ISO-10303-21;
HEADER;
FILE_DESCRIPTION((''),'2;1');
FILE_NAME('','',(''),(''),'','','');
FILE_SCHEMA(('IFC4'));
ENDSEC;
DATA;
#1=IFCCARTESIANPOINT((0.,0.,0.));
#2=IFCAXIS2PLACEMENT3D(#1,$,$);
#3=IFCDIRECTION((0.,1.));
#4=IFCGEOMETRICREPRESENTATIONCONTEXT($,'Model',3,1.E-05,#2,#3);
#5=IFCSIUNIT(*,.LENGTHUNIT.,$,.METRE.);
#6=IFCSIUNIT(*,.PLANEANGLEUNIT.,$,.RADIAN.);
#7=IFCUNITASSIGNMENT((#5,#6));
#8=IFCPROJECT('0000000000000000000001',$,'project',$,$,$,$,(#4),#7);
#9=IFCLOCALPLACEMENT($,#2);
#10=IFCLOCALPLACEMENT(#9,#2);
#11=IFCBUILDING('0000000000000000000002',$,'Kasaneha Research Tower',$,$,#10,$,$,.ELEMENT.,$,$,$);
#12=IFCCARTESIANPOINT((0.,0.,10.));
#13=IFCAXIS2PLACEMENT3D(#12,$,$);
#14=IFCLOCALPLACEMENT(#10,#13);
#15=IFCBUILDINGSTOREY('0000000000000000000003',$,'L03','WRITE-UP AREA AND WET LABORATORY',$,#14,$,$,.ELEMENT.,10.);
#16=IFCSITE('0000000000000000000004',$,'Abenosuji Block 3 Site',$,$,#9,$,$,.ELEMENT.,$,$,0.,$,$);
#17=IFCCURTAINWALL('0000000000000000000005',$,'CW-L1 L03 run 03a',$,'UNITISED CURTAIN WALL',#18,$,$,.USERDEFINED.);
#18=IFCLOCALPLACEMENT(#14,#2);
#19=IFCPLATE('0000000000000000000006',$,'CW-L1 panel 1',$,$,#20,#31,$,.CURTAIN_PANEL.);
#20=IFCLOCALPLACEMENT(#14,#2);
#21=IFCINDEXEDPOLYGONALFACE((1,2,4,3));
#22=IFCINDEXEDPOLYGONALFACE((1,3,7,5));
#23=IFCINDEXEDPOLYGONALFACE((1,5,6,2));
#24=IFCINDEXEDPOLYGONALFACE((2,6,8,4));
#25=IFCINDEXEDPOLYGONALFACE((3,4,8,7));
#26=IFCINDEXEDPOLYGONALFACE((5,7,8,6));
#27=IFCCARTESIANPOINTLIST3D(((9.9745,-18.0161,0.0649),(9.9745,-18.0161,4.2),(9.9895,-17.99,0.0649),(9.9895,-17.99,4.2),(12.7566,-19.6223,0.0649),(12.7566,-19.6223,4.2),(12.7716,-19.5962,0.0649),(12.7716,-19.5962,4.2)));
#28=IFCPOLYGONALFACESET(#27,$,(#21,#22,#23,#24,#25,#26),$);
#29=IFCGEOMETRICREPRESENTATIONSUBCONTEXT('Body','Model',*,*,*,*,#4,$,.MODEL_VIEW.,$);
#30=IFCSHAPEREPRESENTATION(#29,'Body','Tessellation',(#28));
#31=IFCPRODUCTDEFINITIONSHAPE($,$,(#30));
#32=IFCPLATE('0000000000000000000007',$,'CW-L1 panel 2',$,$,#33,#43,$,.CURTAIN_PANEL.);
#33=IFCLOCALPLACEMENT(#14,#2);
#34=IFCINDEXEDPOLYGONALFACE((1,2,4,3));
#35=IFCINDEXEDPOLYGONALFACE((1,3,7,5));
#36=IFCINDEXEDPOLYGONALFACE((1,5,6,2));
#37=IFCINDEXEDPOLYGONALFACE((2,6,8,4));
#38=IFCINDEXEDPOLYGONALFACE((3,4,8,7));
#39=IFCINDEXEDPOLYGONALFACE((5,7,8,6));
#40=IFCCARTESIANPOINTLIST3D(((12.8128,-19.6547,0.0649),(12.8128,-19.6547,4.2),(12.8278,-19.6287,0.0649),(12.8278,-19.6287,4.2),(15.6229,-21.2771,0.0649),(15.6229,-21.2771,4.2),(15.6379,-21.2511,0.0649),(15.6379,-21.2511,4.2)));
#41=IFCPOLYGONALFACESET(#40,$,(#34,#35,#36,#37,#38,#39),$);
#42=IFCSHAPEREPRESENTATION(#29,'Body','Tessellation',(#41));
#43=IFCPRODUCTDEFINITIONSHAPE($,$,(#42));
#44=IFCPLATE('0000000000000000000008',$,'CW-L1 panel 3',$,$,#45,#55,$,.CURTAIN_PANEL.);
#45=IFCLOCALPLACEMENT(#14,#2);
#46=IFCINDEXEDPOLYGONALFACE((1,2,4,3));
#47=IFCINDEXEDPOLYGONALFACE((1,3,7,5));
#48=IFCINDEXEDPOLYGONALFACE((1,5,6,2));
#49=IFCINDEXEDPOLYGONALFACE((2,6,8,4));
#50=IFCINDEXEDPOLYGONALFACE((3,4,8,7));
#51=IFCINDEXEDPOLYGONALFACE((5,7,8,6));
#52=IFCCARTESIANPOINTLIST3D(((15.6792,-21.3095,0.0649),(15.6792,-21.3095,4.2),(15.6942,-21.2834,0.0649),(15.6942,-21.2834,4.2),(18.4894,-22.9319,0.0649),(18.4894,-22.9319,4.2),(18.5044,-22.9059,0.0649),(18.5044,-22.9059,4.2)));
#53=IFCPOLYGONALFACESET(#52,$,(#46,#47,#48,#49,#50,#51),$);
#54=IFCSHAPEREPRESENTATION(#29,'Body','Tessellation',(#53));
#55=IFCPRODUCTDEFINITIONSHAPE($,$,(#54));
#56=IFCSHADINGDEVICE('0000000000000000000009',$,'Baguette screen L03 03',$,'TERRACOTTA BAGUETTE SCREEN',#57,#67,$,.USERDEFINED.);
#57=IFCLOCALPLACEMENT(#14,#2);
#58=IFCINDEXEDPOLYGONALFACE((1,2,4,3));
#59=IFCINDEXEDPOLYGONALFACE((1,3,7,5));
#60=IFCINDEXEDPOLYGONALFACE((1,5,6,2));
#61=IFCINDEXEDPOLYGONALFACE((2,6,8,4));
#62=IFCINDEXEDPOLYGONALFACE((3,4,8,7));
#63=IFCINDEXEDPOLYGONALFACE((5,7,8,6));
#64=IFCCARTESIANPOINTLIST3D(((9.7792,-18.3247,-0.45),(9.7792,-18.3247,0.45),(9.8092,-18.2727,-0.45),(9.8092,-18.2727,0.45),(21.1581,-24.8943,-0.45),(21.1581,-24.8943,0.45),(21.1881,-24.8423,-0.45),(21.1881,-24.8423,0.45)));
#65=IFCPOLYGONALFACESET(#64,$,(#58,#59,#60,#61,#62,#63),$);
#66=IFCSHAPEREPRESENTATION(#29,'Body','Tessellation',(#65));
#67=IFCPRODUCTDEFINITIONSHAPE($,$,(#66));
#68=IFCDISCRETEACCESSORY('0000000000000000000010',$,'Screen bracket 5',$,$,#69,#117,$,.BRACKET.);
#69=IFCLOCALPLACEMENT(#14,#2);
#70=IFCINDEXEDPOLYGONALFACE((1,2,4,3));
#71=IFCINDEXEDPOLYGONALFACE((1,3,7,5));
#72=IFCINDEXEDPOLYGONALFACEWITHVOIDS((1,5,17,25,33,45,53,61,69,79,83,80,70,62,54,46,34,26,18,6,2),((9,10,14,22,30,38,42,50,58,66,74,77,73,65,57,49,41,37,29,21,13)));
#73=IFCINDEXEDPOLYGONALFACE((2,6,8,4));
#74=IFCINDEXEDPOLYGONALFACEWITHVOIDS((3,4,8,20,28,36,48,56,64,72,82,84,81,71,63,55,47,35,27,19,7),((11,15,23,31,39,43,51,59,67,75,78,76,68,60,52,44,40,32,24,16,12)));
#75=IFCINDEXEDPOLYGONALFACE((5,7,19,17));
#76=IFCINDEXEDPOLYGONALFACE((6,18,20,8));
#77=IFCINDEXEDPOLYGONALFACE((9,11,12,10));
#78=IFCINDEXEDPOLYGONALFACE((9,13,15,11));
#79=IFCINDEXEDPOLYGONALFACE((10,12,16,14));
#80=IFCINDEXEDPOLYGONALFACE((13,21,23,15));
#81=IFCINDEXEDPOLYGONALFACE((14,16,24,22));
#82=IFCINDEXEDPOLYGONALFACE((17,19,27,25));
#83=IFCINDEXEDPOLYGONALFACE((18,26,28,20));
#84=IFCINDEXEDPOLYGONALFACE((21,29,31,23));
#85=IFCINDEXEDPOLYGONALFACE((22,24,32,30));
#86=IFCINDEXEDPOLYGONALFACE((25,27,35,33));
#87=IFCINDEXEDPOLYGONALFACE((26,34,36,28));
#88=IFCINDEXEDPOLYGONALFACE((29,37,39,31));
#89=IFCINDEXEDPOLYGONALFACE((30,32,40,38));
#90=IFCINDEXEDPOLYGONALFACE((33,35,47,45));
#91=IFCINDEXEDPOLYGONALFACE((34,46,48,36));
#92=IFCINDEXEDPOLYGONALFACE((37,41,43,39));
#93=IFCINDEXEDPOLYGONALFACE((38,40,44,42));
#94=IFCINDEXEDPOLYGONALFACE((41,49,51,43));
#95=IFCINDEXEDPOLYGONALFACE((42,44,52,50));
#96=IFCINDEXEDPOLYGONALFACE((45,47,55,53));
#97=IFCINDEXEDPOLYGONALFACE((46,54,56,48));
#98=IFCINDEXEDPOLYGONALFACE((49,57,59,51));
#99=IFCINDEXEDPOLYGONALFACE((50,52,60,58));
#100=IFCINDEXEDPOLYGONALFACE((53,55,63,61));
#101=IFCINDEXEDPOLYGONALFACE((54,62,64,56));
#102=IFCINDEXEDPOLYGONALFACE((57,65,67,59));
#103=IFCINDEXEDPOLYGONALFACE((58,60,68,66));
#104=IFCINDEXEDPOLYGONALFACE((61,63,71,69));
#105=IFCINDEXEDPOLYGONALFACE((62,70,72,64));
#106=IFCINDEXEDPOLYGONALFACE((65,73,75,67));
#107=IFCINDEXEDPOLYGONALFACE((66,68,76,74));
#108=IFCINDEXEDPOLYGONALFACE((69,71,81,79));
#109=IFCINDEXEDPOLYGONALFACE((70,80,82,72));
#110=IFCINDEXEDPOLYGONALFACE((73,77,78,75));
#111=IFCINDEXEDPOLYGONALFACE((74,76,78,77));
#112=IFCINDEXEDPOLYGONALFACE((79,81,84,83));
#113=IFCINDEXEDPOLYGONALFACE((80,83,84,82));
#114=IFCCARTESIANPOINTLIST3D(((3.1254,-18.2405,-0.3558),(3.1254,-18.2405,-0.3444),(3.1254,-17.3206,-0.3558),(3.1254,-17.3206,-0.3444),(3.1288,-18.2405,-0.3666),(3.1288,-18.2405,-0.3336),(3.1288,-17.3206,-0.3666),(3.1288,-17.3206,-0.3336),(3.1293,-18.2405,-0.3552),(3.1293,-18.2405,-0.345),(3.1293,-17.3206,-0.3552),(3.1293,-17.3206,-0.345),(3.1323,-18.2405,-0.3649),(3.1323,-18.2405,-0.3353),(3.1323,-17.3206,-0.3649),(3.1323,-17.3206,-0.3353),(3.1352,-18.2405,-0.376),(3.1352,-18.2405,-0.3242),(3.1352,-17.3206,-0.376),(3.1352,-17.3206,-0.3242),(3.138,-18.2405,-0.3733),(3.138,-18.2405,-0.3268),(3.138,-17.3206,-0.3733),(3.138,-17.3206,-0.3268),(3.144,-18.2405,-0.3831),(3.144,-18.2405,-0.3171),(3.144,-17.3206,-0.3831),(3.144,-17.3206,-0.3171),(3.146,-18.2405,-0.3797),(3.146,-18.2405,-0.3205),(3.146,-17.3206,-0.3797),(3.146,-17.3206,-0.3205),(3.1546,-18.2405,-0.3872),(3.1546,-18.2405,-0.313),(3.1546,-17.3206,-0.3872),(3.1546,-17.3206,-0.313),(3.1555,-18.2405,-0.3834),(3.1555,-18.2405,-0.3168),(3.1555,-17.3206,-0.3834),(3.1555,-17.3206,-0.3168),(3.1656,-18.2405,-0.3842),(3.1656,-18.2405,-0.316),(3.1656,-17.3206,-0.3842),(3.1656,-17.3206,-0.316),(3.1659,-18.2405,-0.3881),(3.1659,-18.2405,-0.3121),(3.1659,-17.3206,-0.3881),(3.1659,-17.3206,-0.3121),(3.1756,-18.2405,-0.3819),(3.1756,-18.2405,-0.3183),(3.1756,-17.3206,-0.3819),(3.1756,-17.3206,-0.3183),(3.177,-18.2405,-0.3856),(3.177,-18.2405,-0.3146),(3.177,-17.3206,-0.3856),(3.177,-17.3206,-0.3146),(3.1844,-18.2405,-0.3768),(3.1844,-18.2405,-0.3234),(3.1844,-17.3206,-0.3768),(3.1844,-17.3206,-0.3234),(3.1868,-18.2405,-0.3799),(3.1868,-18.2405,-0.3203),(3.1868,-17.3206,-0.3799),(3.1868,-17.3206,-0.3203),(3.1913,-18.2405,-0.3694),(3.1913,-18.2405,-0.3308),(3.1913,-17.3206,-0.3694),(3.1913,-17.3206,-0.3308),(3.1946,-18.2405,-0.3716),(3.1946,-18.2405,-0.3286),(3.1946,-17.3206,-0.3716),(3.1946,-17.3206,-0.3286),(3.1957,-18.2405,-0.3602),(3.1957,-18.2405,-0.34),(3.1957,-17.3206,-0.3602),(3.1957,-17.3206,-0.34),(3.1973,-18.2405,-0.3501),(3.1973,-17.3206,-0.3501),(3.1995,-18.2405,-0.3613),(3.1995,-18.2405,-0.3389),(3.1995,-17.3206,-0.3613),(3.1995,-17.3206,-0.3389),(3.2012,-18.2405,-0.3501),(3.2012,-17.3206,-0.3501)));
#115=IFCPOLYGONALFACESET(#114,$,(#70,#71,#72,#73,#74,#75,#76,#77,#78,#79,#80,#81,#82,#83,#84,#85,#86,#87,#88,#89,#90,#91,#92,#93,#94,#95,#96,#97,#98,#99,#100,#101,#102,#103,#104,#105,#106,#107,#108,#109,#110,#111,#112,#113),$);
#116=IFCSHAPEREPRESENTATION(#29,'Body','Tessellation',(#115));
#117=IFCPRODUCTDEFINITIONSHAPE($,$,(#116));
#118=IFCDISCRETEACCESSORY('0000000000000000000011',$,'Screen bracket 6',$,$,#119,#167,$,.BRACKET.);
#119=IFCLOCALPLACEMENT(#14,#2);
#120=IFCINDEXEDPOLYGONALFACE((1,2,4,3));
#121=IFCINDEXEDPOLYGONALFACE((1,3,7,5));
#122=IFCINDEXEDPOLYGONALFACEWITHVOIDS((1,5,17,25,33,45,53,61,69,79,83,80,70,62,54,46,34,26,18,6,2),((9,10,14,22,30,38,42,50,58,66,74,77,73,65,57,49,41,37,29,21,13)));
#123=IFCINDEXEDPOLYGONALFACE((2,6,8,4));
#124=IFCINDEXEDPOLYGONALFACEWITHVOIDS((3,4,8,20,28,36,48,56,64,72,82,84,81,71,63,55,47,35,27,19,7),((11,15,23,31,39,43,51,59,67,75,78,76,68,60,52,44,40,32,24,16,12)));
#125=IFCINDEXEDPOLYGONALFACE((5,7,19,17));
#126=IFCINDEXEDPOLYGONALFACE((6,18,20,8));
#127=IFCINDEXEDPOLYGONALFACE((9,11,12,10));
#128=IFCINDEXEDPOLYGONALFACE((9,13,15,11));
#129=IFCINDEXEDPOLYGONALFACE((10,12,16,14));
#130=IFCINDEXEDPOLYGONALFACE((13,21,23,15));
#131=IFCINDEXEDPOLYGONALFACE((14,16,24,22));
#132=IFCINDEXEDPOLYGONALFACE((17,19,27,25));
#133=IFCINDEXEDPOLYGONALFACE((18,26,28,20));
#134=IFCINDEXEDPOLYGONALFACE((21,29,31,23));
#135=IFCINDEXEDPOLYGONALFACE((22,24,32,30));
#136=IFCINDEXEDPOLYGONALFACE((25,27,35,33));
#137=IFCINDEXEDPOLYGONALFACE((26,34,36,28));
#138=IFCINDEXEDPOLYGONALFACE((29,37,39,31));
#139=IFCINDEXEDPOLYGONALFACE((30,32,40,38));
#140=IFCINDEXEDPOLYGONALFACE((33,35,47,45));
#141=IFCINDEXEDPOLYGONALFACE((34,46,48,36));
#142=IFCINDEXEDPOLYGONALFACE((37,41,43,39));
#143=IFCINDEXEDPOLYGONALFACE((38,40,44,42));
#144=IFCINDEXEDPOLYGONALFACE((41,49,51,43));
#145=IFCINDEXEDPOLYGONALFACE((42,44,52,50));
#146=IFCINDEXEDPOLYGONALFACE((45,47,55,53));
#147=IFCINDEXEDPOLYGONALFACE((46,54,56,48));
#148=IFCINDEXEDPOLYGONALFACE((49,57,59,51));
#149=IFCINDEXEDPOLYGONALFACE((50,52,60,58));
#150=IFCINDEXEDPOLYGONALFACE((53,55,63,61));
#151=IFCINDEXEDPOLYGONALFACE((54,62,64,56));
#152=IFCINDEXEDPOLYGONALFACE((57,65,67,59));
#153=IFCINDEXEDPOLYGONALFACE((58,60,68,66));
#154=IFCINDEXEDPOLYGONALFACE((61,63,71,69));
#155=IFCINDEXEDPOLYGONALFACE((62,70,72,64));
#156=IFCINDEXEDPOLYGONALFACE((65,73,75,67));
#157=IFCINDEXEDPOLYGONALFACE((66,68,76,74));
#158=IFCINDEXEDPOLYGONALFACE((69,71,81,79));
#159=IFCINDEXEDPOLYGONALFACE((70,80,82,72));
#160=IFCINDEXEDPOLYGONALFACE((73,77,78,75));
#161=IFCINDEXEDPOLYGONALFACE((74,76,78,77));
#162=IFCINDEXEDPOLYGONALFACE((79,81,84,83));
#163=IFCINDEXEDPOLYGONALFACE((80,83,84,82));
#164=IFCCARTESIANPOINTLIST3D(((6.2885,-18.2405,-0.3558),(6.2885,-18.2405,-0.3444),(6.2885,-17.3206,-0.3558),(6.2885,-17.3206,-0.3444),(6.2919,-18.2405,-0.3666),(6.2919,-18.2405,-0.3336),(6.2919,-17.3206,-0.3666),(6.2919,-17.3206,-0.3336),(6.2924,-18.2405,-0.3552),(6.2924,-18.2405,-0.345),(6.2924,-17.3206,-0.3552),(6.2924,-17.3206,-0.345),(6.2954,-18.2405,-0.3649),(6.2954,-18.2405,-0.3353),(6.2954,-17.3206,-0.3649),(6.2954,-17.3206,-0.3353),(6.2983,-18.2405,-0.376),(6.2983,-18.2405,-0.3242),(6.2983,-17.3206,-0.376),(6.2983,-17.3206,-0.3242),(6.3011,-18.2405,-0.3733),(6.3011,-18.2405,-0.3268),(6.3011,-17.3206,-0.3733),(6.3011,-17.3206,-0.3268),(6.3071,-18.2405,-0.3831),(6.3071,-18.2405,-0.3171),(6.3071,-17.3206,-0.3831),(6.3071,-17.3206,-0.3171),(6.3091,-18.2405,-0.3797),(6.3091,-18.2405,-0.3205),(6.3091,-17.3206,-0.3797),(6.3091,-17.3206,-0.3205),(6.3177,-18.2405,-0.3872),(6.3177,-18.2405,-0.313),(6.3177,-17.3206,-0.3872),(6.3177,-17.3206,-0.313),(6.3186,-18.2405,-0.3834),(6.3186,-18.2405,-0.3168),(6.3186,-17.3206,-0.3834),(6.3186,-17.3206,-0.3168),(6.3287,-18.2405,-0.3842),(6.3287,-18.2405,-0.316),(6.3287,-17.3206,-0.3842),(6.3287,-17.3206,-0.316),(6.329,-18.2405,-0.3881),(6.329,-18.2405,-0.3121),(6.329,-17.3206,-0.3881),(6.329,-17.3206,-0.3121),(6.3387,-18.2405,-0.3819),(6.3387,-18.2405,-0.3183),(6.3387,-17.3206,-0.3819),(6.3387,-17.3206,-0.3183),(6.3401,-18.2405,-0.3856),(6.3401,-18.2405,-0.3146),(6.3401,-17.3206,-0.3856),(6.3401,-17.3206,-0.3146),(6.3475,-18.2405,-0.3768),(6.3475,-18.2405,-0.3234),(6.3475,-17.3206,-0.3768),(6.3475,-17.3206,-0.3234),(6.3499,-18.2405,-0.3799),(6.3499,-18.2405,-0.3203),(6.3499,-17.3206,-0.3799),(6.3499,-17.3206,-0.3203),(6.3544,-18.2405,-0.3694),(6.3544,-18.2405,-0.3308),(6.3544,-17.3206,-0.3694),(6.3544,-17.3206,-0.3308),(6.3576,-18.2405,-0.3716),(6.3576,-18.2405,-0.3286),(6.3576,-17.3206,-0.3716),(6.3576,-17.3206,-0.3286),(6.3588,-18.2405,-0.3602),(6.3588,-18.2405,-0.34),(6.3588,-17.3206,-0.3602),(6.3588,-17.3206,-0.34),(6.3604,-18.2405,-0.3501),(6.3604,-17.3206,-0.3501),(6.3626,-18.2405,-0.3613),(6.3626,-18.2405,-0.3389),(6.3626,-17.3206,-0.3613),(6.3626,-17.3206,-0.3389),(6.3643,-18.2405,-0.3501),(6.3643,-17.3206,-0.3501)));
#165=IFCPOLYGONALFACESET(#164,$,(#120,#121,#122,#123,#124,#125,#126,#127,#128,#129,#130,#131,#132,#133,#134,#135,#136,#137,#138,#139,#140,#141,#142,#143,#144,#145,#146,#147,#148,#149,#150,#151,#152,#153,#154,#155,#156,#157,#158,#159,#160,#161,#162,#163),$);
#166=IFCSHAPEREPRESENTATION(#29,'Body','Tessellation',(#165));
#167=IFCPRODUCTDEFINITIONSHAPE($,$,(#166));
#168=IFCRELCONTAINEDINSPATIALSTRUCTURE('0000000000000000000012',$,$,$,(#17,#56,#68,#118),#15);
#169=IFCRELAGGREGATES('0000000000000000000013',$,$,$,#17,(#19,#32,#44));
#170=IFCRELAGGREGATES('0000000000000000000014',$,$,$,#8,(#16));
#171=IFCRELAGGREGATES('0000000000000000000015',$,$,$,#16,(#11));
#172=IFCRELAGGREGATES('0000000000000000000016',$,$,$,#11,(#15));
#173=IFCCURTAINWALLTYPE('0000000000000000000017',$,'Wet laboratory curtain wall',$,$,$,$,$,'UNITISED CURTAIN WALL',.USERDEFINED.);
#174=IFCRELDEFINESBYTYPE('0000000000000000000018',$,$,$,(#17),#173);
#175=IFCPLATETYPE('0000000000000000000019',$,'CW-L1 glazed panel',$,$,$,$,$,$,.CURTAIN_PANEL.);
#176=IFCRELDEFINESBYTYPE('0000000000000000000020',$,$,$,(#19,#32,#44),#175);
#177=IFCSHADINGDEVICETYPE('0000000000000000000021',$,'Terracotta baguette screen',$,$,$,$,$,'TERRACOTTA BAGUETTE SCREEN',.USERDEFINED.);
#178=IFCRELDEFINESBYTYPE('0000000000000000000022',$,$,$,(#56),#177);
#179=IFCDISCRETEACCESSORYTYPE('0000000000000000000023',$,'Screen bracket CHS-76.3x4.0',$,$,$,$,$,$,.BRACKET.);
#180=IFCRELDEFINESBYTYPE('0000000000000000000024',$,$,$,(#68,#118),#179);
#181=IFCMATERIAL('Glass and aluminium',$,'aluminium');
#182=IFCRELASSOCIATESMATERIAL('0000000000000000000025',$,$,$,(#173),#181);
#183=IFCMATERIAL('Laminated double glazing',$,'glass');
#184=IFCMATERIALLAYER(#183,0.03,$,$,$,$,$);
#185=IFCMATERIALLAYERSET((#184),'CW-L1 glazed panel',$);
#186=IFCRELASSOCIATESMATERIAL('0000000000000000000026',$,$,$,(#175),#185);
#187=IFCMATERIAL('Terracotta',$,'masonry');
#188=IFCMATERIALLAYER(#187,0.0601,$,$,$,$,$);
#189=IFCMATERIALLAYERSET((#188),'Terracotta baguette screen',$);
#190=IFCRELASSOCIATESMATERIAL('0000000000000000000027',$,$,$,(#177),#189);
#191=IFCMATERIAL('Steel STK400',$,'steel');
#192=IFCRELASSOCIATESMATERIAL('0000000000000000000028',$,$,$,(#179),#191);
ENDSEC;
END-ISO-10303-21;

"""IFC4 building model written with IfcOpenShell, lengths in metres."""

from ifc_helpers import new_model, si_unit, direction, frame, origin, origin_2d, place, context, subcontext, project, spatial, rectangle, hollow_circle, extrude, material, layer, layer_set, material_profile, profile_set, type_object, element, aggregate, save


model = new_model("IFC4")

# Units and contexts
model_context = context("Model", 3, precision=1e-05, world=origin(), true_north=direction((0.0, 1.0)))
body_context = subcontext(model_context, "Body", "Model", "MODEL_VIEW")
ifc_project = project(units=[si_unit("LENGTHUNIT", "METRE"), si_unit("PLANEANGLEUNIT", "RADIAN")], contexts=[model_context])

# Site, building, storey
site_placement = place(None, origin())
site = spatial("IfcSite", under=ifc_project, at=site_placement, Name="Abenosuji Block 3 Site", CompositionType="ELEMENT", RefElevation=0.0)
building_placement = place(site_placement, origin())
building = spatial("IfcBuilding", under=site, at=building_placement, Name="Kasaneha Research Tower", CompositionType="ELEMENT")
storey_placement = place(building_placement, frame((0.0, 0.0, 10.0)))
storey = spatial("IfcBuildingStorey", under=building, at=storey_placement, Name="L03", Description="WRITE-UP AREA AND WET LABORATORY", CompositionType="ELEMENT", Elevation=10.0)

# Curtain wall
ifc_material_1 = material(Name="Glass and aluminium", Category="aluminium")
curtain_wall_type = type_object("IfcCurtainWallType", Name="Wet laboratory curtain wall", ElementType="UNITISED CURTAIN WALL", PredefinedType="USERDEFINED", material=ifc_material_1)
curtain_wall_1_placement = place(storey_placement, origin())
curtain_wall_1 = element("IfcCurtainWall", 1, at=curtain_wall_1_placement, inside=storey, type_object=curtain_wall_type, Name="CW-L1 L03 run 03a", ObjectType="UNITISED CURTAIN WALL", PredefinedType="USERDEFINED")

# Plates
ifc_material_2 = material(Name="Laminated double glazing", Category="glass")
ifc_layer_1 = layer(ifc_material_2, 0.03)
ifc_layer_set_1 = layer_set([ifc_layer_1], Name="CW-L1 glazed panel")
plate_type = type_object("IfcPlateType", Name="CW-L1 glazed panel", PredefinedType="CURTAIN_PANEL", material=ifc_layer_set_1)
plate_1_placement = place(storey_placement, frame((11.373, -18.8062, 0.0649), z_axis=(0.0, 0.0, 1.0), x_axis=(0.866025, -0.5, 0.0)))
plate_1 = element("IfcPlate", 2, at=plate_1_placement, type_object=plate_type, Name="CW-L1 panel 1", PredefinedType="CURTAIN_PANEL", context=body_context, shape_type="SweptSolid", body=[
    extrude(rectangle(XDim=3.2124, YDim=0.03, at=origin_2d()), origin(), (0.0, 0.0, 1.0), 4.135),
])
plate_2_placement = place(storey_placement, frame((14.2253, -20.4529, 0.0649), z_axis=(0.0, 0.0, 1.0), x_axis=(0.866025, -0.5, 0.0)))
plate_2 = element("IfcPlate", 3, at=plate_2_placement, type_object=plate_type, Name="CW-L1 panel 2", PredefinedType="CURTAIN_PANEL", context=body_context, shape_type="SweptSolid", body=[
    extrude(rectangle(XDim=3.2449, YDim=0.03, at=origin_2d()), origin(), (0.0, 0.0, 1.0), 4.135),
])
plate_3_placement = place(storey_placement, frame((17.0918, -22.1077, 0.0649), z_axis=(0.0, 0.0, 1.0), x_axis=(0.866025, -0.5, 0.0)))
plate_3 = element("IfcPlate", 4, at=plate_3_placement, type_object=plate_type, Name="CW-L1 panel 3", PredefinedType="CURTAIN_PANEL", context=body_context, shape_type="SweptSolid", body=[
    extrude(rectangle(XDim=3.2449, YDim=0.03, at=origin_2d()), origin(), (0.0, 0.0, 1.0), 4.135),
])
aggregate(curtain_wall_1, [plate_1, plate_2, plate_3])

# Shading device
ifc_material_3 = material(Name="Terracotta", Category="masonry")
ifc_layer_2 = layer(ifc_material_3, 0.0601)
ifc_layer_set_2 = layer_set([ifc_layer_2], Name="Terracotta baguette screen")
shading_device_type = type_object("IfcShadingDeviceType", Name="Terracotta baguette screen", ElementType="TERRACOTTA BAGUETTE SCREEN", PredefinedType="USERDEFINED", material=ifc_layer_set_2)
shading_device_placement = place(storey_placement, frame((15.4836, -21.5835, -0.45), z_axis=(0.0, 0.0, 1.0), x_axis=(0.866025, -0.5, 0.0)))
element("IfcShadingDevice", 5, at=shading_device_placement, inside=storey, type_object=shading_device_type, Name="Baguette screen L03 03", ObjectType="TERRACOTTA BAGUETTE SCREEN", PredefinedType="USERDEFINED", context=body_context, shape_type="SweptSolid", body=[
    extrude(rectangle(XDim=13.1392, YDim=0.0601, at=origin_2d()), origin(), (0.0, 0.0, 1.0), 0.8999),
])

# Discrete accessories
ifc_material_4 = material(Name="Steel STK400", Category="steel")
ifc_material_profile_1 = material_profile(ifc_material_4, hollow_circle(Radius=0.0381, WallThickness=0.0039, at=origin_2d()), Name="CHS-76.3x4.0")
ifc_profile_set_1 = profile_set([ifc_material_profile_1], Name="Steel STK400")
discrete_accessory_type = type_object("IfcDiscreteAccessoryType", Name="Screen bracket CHS-76.3x4.0", PredefinedType="BRACKET", material=ifc_profile_set_1)
for number, where, z_axis, x_axis, name in (
    (6, (3.1631, -17.3206, -0.3501), (0.0, -1.0, 0.0), (1.0, 0.0, 0.0), "Screen bracket 5"),
    (7, (6.3262, -17.3206, -0.3501), (0.0, -1.0, 0.0), (1.0, 0.0, 0.0), "Screen bracket 6"),
):
    element("IfcDiscreteAccessory", number, at=place(storey_placement, frame(where, z_axis=z_axis, x_axis=x_axis)), inside=storey, type_object=discrete_accessory_type, Name=name, PredefinedType="BRACKET", context=body_context, shape_type="SweptSolid", body=[
        extrude(hollow_circle(Radius=0.0381, WallThickness=0.0039, at=origin_2d()), origin(), (0.0, 0.0, 1.0), 0.9199),
    ])

save(model, "model.ifc")
